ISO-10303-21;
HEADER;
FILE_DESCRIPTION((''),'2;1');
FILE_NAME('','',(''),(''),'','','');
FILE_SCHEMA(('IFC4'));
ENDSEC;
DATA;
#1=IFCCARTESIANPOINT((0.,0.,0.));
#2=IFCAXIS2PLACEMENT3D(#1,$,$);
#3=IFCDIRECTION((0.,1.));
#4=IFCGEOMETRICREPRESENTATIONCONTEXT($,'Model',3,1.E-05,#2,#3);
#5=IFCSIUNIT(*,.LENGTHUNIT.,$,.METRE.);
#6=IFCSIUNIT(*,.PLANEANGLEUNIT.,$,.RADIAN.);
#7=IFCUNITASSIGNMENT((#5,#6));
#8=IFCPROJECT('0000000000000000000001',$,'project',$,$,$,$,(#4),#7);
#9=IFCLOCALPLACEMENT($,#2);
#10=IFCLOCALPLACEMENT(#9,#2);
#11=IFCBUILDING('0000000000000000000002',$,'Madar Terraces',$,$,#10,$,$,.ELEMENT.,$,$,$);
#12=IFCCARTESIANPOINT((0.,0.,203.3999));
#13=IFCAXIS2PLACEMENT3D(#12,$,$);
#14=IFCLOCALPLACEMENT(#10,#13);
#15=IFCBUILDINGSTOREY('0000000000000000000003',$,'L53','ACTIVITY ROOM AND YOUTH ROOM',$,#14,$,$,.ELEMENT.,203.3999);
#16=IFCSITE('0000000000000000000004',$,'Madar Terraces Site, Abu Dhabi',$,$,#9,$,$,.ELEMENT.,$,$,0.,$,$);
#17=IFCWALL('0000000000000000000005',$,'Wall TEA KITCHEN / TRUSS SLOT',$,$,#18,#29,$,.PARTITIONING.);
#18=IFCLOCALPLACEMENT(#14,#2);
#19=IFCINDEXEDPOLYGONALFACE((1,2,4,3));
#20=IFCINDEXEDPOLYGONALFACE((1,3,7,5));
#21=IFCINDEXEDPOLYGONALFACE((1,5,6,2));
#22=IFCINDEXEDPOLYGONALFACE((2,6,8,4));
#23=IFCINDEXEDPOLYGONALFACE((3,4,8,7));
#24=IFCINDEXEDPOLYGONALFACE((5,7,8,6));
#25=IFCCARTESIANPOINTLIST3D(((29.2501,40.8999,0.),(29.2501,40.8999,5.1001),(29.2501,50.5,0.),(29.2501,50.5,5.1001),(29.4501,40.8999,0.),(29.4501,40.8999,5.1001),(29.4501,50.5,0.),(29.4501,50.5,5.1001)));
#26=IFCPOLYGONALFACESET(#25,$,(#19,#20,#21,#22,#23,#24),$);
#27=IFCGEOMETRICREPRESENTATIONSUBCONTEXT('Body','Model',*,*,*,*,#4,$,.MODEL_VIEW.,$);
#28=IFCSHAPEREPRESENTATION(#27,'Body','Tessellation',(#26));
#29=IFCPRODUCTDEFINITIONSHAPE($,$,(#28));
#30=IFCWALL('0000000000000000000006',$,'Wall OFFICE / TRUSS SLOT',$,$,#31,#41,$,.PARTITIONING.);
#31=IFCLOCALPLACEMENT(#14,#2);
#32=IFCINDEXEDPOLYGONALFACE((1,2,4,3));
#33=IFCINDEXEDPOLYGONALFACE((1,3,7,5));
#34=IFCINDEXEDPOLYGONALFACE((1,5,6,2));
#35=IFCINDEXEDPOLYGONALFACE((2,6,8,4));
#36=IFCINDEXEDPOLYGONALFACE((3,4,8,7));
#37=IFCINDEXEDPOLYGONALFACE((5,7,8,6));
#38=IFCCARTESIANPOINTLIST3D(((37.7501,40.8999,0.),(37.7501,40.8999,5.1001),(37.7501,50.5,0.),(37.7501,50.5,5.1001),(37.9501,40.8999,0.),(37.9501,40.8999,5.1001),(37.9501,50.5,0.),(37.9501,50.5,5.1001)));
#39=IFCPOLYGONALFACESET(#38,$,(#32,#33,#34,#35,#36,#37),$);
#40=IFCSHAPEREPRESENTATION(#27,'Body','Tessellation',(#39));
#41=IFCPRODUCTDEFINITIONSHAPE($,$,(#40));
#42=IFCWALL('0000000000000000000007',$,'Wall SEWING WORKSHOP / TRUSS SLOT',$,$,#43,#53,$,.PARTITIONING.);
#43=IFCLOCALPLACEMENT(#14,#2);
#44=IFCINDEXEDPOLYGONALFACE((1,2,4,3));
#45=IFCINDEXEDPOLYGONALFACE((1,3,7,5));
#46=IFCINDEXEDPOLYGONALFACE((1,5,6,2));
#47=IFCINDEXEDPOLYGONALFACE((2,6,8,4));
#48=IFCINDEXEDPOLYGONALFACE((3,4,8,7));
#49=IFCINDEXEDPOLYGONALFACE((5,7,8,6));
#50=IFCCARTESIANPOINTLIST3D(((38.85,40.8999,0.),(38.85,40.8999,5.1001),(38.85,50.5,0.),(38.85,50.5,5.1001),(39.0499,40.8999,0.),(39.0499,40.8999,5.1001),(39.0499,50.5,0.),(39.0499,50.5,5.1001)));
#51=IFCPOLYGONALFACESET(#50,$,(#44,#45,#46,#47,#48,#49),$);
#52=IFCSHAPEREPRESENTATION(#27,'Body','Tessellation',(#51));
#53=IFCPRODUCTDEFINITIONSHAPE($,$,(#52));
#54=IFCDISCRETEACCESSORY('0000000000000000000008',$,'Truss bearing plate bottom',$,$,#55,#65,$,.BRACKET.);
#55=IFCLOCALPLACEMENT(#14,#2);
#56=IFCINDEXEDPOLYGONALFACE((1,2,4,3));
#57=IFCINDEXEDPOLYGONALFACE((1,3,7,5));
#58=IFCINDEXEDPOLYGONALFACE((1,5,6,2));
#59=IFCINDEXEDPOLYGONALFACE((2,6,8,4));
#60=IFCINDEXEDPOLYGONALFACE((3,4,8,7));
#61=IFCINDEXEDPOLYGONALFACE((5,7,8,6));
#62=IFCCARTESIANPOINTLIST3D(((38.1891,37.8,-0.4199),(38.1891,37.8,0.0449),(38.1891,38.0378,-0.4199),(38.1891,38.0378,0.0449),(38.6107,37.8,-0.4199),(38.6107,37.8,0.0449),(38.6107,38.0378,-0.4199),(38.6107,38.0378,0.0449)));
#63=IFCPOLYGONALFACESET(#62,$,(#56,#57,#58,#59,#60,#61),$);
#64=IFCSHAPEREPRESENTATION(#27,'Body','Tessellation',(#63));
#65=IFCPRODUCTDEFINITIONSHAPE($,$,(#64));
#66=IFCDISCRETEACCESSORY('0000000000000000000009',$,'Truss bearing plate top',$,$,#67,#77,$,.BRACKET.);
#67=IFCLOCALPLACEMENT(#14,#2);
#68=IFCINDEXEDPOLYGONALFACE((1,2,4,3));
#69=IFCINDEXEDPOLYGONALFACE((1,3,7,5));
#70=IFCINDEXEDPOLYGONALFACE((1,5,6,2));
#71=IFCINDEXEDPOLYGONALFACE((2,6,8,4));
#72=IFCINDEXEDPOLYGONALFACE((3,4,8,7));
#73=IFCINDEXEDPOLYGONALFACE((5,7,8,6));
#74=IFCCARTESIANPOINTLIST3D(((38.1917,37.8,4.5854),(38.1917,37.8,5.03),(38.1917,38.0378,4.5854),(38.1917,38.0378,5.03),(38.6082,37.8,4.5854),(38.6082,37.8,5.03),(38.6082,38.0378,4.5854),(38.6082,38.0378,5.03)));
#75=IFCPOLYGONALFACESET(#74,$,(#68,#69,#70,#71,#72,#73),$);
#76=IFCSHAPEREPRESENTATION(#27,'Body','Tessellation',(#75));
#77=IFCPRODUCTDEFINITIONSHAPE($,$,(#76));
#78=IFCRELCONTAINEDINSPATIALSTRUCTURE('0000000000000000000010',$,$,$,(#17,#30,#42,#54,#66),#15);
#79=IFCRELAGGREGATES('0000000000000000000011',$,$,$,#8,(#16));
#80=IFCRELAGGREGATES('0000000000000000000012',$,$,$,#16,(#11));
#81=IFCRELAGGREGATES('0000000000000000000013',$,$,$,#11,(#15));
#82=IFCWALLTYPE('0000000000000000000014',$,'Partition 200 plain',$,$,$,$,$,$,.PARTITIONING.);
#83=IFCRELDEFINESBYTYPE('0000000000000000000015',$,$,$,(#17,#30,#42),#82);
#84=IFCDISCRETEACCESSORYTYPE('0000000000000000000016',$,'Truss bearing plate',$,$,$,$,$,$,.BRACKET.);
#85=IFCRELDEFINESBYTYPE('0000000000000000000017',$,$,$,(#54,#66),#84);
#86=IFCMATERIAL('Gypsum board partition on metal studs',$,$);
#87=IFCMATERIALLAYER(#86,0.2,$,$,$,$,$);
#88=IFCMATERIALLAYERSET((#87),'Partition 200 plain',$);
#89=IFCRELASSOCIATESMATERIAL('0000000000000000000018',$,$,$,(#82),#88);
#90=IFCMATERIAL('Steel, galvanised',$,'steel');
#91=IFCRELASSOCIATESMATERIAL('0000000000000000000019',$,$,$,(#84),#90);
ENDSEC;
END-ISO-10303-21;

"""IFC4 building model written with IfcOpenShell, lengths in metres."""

from ifc_helpers import new_model, si_unit, direction, frame, frame_2d, origin, origin_2d, place, context, subcontext, project, spatial, rectangle, extrude, material, layer, layer_set, type_object, element, save


model = new_model("IFC4")

# Units and contexts
model_context = context("Model", 3, precision=1e-05, world=origin(), true_north=direction((0.0, 1.0)))
body_context = subcontext(model_context, "Body", "Model", "MODEL_VIEW")
ifc_project = project(units=[si_unit("LENGTHUNIT", "METRE"), si_unit("PLANEANGLEUNIT", "RADIAN")], contexts=[model_context])

# Site, building, storey
site_placement = place(None, origin())
site = spatial("IfcSite", under=ifc_project, at=site_placement, Name="Madar Terraces Site, Abu Dhabi", CompositionType="ELEMENT", RefElevation=0.0)
building_placement = place(site_placement, origin())
building = spatial("IfcBuilding", under=site, at=building_placement, Name="Madar Terraces", CompositionType="ELEMENT")
storey_placement = place(building_placement, frame((0.0, 0.0, 203.3999)))
storey = spatial("IfcBuildingStorey", under=building, at=storey_placement, Name="L53", Description="ACTIVITY ROOM AND YOUTH ROOM", CompositionType="ELEMENT", Elevation=203.3999)

# Walls
ifc_material_1 = material(Name="Gypsum board partition on metal studs")
ifc_layer_1 = layer(ifc_material_1, 0.2)
ifc_layer_set_1 = layer_set([ifc_layer_1], Name="Partition 200 plain")
wall_type_1 = type_object("IfcWallType", Name="Partition 200 plain", PredefinedType="PARTITIONING", material=ifc_layer_set_1)
for number, where, z_axis, x_axis, name in (
    (1, (29.3501, 40.8999, 0.0), (0.0, 0.0, 1.0), (0.0, 1.0, 0.0), "Wall TEA KITCHEN / TRUSS SLOT"),
    (2, (37.8501, 40.8999, 0.0), (0.0, 0.0, 1.0), (0.0, 1.0, 0.0), "Wall OFFICE / TRUSS SLOT"),
    (3, (38.95, 40.8999, 0.0), (0.0, 0.0, 1.0), (0.0, 1.0, 0.0), "Wall SEWING WORKSHOP / TRUSS SLOT"),
):
    element("IfcWall", number, at=place(storey_placement, frame(where, z_axis=z_axis, x_axis=x_axis)), inside=storey, type_object=wall_type_1, Name=name, PredefinedType="PARTITIONING", context=body_context, shape_type="SweptSolid", body=[
        extrude(rectangle(XDim=9.6001, YDim=0.2, at=frame_2d((4.8, 0.0))), origin(), (0.0, 0.0, 1.0), 5.1001),
    ])

# Discrete accessories
ifc_material_2 = material(Name="Steel, galvanised", Category="steel")
discrete_accessory_type = type_object("IfcDiscreteAccessoryType", Name="Truss bearing plate", PredefinedType="BRACKET", material=ifc_material_2)
discrete_accessory_1_placement = place(storey_placement, frame((38.3999, 37.9189, -0.4199), z_axis=(0.0, 0.0, 1.0), x_axis=(1.0, 0.0, 0.0)))
element("IfcDiscreteAccessory", 4, at=discrete_accessory_1_placement, inside=storey, type_object=discrete_accessory_type, Name="Truss bearing plate bottom", PredefinedType="BRACKET", context=body_context, shape_type="SweptSolid", body=[
    extrude(rectangle(XDim=0.4216, YDim=0.2378, at=origin_2d()), origin(), (0.0, 0.0, 1.0), 0.4648),
])
discrete_accessory_2_placement = place(storey_placement, frame((38.3999, 37.9189, 4.5854), z_axis=(0.0, 0.0, 1.0), x_axis=(1.0, 0.0, 0.0)))
element("IfcDiscreteAccessory", 5, at=discrete_accessory_2_placement, inside=storey, type_object=discrete_accessory_type, Name="Truss bearing plate top", PredefinedType="BRACKET", context=body_context, shape_type="SweptSolid", body=[
    extrude(rectangle(XDim=0.4165, YDim=0.2378, at=origin_2d()), origin(), (0.0, 0.0, 1.0), 0.4446),
])

save(model, "model.ifc")
